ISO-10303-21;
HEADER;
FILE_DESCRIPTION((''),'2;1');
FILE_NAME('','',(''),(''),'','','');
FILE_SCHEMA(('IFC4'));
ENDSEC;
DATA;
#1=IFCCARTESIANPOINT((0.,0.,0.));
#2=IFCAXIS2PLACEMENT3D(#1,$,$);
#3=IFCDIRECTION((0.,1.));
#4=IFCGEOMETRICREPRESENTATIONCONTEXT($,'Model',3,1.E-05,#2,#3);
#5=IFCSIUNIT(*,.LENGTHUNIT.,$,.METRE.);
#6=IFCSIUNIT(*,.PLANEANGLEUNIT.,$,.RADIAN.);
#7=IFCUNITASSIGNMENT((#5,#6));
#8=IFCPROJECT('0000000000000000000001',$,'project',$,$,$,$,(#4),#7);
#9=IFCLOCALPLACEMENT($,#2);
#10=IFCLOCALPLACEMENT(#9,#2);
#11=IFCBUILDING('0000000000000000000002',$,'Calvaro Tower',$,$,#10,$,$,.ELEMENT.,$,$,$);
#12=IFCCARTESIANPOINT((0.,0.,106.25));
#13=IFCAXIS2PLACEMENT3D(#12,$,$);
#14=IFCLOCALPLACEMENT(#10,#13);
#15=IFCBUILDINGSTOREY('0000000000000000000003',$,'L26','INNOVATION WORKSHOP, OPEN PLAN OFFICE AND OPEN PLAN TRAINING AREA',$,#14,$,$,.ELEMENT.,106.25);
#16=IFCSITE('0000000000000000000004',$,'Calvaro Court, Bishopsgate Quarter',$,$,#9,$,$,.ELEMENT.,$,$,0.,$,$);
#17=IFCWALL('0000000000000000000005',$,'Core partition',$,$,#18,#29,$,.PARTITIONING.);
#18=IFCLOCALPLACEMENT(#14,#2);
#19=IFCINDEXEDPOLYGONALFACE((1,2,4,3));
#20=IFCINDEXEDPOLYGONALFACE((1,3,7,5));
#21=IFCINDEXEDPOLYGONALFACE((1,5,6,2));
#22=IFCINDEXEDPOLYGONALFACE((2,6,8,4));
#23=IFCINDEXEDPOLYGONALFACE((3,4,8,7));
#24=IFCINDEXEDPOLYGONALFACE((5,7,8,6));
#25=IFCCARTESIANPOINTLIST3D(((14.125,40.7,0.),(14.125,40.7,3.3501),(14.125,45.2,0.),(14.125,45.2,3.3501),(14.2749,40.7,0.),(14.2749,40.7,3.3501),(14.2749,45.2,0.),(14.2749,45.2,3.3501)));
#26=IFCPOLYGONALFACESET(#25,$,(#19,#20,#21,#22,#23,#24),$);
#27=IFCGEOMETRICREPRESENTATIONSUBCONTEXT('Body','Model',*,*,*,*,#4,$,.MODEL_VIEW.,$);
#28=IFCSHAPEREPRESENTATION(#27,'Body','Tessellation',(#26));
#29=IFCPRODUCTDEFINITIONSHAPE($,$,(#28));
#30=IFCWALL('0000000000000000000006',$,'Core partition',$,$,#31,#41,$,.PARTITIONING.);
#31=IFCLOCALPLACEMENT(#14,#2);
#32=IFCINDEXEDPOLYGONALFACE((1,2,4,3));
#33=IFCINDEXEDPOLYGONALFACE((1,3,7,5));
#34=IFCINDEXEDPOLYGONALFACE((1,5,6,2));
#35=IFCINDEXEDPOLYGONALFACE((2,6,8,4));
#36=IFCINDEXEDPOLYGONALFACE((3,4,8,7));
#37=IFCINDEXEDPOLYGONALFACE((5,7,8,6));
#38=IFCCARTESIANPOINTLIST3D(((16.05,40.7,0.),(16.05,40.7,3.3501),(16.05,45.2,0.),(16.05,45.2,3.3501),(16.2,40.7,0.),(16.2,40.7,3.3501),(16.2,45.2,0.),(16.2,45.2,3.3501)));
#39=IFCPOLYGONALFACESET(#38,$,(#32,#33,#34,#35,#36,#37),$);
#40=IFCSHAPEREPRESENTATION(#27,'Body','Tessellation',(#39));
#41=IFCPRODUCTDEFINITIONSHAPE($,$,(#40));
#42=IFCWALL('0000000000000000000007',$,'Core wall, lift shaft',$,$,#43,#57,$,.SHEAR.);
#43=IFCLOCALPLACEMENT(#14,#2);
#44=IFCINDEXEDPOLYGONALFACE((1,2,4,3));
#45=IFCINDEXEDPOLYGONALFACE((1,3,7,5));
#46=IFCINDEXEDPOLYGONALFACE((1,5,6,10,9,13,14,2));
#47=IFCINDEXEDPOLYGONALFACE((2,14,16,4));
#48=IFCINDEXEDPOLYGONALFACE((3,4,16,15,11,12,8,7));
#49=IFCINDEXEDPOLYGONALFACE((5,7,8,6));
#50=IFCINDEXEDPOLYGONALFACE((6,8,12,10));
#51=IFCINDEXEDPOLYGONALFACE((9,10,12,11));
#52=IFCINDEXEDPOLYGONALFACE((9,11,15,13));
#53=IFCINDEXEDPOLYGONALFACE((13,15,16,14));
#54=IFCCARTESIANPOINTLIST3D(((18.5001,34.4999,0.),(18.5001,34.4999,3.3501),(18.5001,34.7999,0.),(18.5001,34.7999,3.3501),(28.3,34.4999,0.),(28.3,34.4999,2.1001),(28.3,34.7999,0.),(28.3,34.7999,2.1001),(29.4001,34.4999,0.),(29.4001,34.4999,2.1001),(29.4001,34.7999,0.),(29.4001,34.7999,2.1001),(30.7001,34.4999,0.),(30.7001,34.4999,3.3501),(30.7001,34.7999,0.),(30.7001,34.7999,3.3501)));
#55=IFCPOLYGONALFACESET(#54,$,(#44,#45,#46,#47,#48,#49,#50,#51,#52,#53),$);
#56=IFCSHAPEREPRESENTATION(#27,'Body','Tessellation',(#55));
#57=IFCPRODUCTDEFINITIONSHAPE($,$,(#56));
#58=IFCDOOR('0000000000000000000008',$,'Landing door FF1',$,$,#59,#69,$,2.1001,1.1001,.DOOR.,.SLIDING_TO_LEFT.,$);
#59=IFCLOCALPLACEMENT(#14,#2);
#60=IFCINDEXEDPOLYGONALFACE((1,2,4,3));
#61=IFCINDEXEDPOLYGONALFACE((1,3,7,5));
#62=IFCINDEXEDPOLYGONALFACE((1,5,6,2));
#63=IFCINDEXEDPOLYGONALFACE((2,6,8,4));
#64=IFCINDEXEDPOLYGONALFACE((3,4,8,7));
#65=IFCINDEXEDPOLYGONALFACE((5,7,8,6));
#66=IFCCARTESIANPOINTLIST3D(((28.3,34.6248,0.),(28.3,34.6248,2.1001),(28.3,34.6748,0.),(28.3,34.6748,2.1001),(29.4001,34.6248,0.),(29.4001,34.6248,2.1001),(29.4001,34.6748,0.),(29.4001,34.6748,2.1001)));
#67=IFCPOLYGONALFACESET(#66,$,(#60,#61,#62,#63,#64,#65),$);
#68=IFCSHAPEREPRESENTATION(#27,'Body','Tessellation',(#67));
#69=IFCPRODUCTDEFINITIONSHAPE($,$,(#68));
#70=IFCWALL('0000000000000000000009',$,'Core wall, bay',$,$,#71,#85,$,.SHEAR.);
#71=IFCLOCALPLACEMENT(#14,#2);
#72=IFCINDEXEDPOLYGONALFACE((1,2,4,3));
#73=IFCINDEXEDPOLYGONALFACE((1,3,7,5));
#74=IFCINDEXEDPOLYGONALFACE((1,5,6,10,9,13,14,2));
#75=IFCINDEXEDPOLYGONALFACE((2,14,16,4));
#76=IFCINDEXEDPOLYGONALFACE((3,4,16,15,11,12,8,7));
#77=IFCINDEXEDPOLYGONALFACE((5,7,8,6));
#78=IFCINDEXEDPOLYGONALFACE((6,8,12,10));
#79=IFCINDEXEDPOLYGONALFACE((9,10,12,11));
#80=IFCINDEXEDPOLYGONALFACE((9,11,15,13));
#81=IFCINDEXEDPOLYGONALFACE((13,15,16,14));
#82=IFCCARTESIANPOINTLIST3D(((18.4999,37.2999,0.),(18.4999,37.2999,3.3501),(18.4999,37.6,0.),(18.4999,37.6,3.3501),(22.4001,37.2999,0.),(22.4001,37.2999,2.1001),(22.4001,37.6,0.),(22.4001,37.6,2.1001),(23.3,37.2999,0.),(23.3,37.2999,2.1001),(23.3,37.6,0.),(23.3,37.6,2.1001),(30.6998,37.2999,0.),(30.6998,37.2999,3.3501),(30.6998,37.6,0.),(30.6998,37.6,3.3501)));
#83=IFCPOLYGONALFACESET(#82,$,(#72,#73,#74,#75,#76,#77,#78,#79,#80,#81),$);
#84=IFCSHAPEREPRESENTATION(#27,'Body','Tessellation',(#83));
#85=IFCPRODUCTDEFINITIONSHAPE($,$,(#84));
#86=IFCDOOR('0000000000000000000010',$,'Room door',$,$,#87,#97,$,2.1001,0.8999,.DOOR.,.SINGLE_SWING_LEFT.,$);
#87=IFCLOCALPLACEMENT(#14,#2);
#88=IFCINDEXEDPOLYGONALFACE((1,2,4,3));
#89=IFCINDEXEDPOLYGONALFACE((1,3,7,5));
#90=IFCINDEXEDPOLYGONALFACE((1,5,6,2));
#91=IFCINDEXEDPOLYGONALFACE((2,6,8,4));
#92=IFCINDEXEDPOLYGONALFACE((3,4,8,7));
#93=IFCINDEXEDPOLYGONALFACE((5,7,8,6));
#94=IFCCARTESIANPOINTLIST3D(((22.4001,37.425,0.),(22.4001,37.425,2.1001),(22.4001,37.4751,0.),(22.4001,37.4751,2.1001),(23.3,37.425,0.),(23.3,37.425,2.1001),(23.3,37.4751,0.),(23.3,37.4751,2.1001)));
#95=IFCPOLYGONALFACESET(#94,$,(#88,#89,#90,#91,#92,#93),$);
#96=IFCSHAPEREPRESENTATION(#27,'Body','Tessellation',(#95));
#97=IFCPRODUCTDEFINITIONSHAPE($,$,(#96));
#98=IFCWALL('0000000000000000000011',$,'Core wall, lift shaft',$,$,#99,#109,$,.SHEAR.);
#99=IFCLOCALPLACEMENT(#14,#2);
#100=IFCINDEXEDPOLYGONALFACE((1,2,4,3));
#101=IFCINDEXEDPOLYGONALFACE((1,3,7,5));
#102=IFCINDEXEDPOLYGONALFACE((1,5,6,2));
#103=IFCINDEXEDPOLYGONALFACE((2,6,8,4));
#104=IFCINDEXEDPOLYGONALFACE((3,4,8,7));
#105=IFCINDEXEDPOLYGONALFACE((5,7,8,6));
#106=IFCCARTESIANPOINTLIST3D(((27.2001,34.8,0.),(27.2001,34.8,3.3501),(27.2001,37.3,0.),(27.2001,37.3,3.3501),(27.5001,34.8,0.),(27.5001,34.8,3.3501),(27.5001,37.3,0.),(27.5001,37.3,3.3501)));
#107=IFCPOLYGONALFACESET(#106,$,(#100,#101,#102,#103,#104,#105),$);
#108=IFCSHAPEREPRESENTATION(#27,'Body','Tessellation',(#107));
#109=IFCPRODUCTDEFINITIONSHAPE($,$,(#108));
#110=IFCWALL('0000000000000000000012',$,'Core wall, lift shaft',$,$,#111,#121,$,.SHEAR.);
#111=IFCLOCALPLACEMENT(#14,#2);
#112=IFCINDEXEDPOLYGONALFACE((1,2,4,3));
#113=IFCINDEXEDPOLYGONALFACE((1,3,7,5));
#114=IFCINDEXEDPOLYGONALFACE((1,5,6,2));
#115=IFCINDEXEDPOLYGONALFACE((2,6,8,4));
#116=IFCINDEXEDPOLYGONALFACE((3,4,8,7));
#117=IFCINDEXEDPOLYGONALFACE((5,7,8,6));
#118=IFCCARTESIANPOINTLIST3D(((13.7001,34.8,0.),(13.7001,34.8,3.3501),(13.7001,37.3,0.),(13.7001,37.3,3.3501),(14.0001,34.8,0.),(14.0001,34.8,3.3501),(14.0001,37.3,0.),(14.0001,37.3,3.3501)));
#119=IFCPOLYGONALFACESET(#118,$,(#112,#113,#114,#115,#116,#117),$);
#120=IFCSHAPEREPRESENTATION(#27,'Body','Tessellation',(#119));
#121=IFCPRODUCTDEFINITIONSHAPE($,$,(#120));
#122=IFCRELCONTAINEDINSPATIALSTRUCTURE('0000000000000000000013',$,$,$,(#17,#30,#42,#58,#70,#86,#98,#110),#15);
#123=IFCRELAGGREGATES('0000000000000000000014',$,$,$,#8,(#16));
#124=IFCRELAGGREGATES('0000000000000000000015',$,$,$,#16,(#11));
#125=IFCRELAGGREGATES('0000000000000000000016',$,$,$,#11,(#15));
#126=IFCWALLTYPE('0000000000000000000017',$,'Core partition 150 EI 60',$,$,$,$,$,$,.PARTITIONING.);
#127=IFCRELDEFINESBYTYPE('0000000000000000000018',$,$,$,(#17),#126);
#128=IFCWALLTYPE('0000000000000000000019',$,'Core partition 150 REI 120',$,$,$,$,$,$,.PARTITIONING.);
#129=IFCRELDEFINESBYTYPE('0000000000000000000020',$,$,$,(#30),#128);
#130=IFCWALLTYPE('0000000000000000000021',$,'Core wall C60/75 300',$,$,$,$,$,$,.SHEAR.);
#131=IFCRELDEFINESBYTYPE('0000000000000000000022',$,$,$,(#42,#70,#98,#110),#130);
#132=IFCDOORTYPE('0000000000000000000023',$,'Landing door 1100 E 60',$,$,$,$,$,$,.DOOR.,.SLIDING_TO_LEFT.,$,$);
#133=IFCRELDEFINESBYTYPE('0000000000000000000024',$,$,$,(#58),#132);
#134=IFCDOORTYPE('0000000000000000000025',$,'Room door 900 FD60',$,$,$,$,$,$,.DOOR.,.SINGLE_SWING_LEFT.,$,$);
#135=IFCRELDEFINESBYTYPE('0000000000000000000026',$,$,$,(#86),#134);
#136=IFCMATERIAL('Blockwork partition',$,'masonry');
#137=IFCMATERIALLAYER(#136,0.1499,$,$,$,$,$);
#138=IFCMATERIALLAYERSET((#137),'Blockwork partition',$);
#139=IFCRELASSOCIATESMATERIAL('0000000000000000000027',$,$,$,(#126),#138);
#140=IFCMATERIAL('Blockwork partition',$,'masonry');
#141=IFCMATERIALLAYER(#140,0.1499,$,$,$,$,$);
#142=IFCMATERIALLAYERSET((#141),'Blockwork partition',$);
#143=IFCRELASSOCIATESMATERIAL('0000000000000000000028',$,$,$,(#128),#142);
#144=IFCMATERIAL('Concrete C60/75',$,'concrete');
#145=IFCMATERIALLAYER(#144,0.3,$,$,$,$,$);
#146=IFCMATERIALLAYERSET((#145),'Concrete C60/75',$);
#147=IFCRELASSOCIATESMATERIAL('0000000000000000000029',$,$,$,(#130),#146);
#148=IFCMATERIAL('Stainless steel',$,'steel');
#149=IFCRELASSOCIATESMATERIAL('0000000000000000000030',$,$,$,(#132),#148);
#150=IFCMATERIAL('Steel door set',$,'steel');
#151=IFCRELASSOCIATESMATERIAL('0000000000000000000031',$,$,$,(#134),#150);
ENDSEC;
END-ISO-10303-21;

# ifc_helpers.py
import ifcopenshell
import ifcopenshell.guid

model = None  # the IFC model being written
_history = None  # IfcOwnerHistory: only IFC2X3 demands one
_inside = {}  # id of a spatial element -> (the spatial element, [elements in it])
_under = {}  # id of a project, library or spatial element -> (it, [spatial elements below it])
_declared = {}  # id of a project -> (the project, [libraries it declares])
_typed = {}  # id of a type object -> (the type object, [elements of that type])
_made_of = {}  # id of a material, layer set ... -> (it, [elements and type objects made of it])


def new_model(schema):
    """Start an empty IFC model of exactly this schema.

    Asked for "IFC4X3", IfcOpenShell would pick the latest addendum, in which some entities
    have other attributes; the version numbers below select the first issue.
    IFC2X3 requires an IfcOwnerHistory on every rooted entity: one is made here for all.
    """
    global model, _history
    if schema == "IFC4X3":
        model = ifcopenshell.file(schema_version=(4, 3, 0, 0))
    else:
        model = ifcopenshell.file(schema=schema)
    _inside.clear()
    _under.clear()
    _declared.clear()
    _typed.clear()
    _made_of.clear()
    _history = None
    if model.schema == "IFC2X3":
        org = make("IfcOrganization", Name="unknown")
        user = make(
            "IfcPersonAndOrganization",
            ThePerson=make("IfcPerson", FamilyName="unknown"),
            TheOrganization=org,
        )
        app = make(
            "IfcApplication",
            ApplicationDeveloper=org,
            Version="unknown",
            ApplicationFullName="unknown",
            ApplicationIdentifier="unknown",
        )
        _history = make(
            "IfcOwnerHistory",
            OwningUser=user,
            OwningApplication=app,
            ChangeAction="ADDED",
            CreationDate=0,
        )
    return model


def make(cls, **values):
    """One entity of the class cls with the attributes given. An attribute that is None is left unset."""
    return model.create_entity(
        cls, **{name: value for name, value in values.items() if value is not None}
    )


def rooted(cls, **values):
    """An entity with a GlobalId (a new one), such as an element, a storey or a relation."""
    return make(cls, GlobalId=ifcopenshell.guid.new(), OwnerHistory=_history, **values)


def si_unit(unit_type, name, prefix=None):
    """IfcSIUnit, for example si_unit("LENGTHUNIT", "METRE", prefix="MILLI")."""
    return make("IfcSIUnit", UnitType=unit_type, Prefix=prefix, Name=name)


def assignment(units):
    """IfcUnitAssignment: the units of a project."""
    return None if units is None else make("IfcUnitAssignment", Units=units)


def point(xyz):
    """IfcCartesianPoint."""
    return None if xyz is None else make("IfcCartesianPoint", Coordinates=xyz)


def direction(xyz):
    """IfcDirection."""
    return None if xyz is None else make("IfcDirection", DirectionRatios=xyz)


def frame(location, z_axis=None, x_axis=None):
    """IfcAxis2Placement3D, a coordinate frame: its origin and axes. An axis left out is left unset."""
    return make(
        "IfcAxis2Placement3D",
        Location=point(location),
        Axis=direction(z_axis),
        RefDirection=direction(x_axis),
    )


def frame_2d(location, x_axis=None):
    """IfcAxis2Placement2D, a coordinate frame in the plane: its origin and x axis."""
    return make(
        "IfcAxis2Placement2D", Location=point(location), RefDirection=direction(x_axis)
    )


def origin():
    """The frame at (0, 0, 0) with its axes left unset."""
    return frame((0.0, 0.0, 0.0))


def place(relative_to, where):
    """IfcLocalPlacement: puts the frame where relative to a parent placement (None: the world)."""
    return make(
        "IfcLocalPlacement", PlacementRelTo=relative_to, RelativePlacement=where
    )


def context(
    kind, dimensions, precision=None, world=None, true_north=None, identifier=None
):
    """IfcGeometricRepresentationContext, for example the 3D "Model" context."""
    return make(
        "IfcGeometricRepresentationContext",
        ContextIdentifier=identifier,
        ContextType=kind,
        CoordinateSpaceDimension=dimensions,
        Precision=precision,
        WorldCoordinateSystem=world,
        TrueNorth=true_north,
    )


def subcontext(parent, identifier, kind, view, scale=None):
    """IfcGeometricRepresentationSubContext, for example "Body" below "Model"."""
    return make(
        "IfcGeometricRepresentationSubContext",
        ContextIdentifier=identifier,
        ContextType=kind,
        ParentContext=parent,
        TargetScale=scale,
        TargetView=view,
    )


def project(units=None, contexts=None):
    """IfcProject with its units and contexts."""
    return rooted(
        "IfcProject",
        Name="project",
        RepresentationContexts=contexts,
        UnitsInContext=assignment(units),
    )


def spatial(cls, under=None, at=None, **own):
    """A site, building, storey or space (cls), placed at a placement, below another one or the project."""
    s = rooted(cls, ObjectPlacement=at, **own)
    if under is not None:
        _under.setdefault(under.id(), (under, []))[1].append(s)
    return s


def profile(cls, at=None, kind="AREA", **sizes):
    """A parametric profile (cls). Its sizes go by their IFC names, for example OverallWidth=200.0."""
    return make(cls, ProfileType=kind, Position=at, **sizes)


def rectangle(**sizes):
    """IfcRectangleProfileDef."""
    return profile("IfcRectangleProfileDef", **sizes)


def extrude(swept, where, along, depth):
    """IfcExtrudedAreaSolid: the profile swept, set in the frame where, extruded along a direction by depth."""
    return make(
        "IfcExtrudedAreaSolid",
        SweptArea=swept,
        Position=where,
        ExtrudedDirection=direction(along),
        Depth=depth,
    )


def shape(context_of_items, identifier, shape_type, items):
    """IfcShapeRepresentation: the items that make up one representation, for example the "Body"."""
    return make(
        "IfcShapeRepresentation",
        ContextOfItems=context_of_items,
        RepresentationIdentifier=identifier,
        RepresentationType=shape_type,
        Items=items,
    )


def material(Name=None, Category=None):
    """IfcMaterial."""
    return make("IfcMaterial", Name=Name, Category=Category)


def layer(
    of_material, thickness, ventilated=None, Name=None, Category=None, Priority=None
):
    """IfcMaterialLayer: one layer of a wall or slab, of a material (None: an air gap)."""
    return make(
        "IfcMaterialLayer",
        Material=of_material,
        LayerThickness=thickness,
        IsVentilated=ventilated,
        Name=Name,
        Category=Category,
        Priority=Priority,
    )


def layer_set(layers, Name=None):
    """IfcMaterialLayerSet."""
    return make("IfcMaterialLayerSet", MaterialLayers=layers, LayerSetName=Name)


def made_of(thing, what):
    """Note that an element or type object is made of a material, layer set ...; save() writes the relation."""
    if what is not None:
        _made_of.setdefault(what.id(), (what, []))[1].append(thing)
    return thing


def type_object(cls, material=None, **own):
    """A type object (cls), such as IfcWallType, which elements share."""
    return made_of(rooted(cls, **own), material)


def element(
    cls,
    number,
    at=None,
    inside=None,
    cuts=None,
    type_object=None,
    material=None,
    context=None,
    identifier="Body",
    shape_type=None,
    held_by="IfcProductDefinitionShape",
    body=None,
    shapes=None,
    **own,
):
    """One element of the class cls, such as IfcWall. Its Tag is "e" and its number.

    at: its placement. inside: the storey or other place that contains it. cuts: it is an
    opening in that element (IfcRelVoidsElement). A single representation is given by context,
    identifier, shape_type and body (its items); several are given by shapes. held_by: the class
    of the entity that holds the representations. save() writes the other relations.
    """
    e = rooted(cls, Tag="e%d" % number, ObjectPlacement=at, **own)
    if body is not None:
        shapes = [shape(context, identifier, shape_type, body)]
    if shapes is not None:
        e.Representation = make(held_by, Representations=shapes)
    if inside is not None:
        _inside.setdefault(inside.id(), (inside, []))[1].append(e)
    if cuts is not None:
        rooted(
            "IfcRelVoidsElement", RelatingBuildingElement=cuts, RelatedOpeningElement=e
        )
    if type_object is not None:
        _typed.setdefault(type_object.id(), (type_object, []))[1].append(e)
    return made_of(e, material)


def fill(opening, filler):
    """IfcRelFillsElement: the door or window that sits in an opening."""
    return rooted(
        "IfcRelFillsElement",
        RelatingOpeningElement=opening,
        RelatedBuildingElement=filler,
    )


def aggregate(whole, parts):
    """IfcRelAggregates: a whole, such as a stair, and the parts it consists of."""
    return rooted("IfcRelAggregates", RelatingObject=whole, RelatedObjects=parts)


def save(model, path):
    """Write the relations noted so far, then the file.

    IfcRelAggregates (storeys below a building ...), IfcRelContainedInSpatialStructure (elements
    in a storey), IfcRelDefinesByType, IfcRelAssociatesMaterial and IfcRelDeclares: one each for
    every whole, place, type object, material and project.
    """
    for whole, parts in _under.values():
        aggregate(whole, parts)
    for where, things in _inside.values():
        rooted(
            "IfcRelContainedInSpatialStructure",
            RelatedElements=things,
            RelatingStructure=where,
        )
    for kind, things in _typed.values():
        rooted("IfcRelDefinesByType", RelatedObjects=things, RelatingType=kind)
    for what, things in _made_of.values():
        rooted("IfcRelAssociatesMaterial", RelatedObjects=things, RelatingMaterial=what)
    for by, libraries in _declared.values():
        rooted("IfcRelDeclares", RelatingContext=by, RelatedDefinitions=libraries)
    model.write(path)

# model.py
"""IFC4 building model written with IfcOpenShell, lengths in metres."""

from ifc_helpers import new_model, si_unit, direction, frame, frame_2d, origin, place, context, subcontext, project, spatial, rectangle, extrude, material, layer, layer_set, type_object, element, fill, save


model = new_model("IFC4")

# Units and contexts
model_context = context("Model", 3, precision=1e-05, world=origin(), true_north=direction((0.0, 1.0)))
body_context = subcontext(model_context, "Body", "Model", "MODEL_VIEW")
ifc_project = project(units=[si_unit("LENGTHUNIT", "METRE"), si_unit("PLANEANGLEUNIT", "RADIAN")], contexts=[model_context])

# Site, building, storey
site_placement = place(None, origin())
site = spatial("IfcSite", under=ifc_project, at=site_placement, Name="Calvaro Court, Bishopsgate Quarter", CompositionType="ELEMENT", RefElevation=0.0)
building_placement = place(site_placement, origin())
building = spatial("IfcBuilding", under=site, at=building_placement, Name="Calvaro Tower", CompositionType="ELEMENT")
storey_placement = place(building_placement, frame((0.0, 0.0, 106.25)))
storey = spatial("IfcBuildingStorey", under=building, at=storey_placement, Name="L26", Description="INNOVATION WORKSHOP, OPEN PLAN OFFICE AND OPEN PLAN TRAINING AREA", CompositionType="ELEMENT", Elevation=106.25)

# Walls
ifc_material_1 = material(Name="Blockwork partition", Category="masonry")
ifc_layer_1 = layer(ifc_material_1, 0.1499)
ifc_layer_set_1 = layer_set([ifc_layer_1], Name="Blockwork partition")
wall_type_1 = type_object("IfcWallType", Name="Core partition 150 EI 60", PredefinedType="PARTITIONING", material=ifc_layer_set_1)
wall_1_placement = place(storey_placement, frame((14.2, 40.7, 0.0), z_axis=(0.0, 0.0, 1.0), x_axis=(0.0, 1.0, 0.0)))
element("IfcWall", 1, at=wall_1_placement, inside=storey, type_object=wall_type_1, Name="Core partition", PredefinedType="PARTITIONING", context=body_context, shape_type="SweptSolid", body=[
    extrude(rectangle(XDim=4.5, YDim=0.1499, at=frame_2d((2.25, 0.0))), origin(), (0.0, 0.0, 1.0), 3.3501),
])
ifc_material_2 = material(Name="Blockwork partition", Category="masonry")
ifc_layer_2 = layer(ifc_material_2, 0.1499)
ifc_layer_set_2 = layer_set([ifc_layer_2], Name="Blockwork partition")
wall_type_2 = type_object("IfcWallType", Name="Core partition 150 REI 120", PredefinedType="PARTITIONING", material=ifc_layer_set_2)
wall_2_placement = place(storey_placement, frame((16.125, 40.7, 0.0), z_axis=(0.0, 0.0, 1.0), x_axis=(0.0, 1.0, 0.0)))
element("IfcWall", 2, at=wall_2_placement, inside=storey, type_object=wall_type_2, Name="Core partition", PredefinedType="PARTITIONING", context=body_context, shape_type="SweptSolid", body=[
    extrude(rectangle(XDim=4.5, YDim=0.1499, at=frame_2d((2.25, 0.0))), origin(), (0.0, 0.0, 1.0), 3.3501),
])

# Walls, openings, doors
ifc_material_3 = material(Name="Concrete C60/75", Category="concrete")
ifc_layer_3 = layer(ifc_material_3, 0.3)
ifc_layer_set_3 = layer_set([ifc_layer_3], Name="Concrete C60/75")
wall_type_3 = type_object("IfcWallType", Name="Core wall C60/75 300", PredefinedType="SHEAR", material=ifc_layer_set_3)
wall_3_placement = place(storey_placement, frame((18.5, 34.6499, 0.0), z_axis=(0.0, 0.0, 1.0), x_axis=(1.0, 0.0, 0.0)))
wall_3 = element("IfcWall", 3, at=wall_3_placement, inside=storey, type_object=wall_type_3, Name="Core wall, lift shaft", PredefinedType="SHEAR", context=body_context, shape_type="SweptSolid", body=[
    extrude(rectangle(XDim=12.2, YDim=0.3, at=frame_2d((6.1001, 0.0))), origin(), (0.0, 0.0, 1.0), 3.3501),
])
opening_1_placement = place(wall_3_placement, frame((9.8, 0.0, 0.0)))
opening_1 = element("IfcOpeningElement", 4, at=opening_1_placement, cuts=wall_3, PredefinedType="OPENING", context=body_context, shape_type="SweptSolid", body=[
    extrude(rectangle(XDim=1.1001, YDim=2.1001, at=frame_2d((0.55, 1.05))), frame((0.0, 0.1599, 0.0), z_axis=(0.0, -1.0, 0.0), x_axis=(1.0, 0.0, 0.0)), (0.0, 0.0, 1.0), 0.3201),
])
ifc_material_4 = material(Name="Stainless steel", Category="steel")
door_type_1 = type_object("IfcDoorType", Name="Landing door 1100 E 60", OperationType="SLIDING_TO_LEFT", PredefinedType="DOOR", material=ifc_material_4)
door_1_placement = place(opening_1_placement, origin())
door_1 = element("IfcDoor", 5, at=door_1_placement, inside=storey, type_object=door_type_1, Name="Landing door FF1", OperationType="SLIDING_TO_LEFT", OverallHeight=2.1001, OverallWidth=1.1001, PredefinedType="DOOR", context=body_context, shape_type="SweptSolid", body=[
    extrude(rectangle(XDim=1.1001, YDim=2.1001, at=frame_2d((0.55, 1.05))), frame((0.0, 0.0249, 0.0), z_axis=(0.0, -1.0, 0.0), x_axis=(1.0, 0.0, 0.0)), (0.0, 0.0, 1.0), 0.05),
])
fill(opening_1, door_1)
wall_4_placement = place(storey_placement, frame((30.7, 37.45, 0.0), z_axis=(0.0, 0.0, 1.0), x_axis=(-1.0, 0.0, 0.0)))
wall_4 = element("IfcWall", 6, at=wall_4_placement, inside=storey, type_object=wall_type_3, Name="Core wall, bay", PredefinedType="SHEAR", context=body_context, shape_type="SweptSolid", body=[
    extrude(rectangle(XDim=12.2, YDim=0.3, at=frame_2d((6.1001, 0.0))), origin(), (0.0, 0.0, 1.0), 3.3501),
])
opening_2_placement = place(wall_4_placement, frame((7.3999, 0.0, 0.0)))
opening_2 = element("IfcOpeningElement", 7, at=opening_2_placement, cuts=wall_4, PredefinedType="OPENING", context=body_context, shape_type="SweptSolid", body=[
    extrude(rectangle(XDim=0.8999, YDim=2.1001, at=frame_2d((0.45, 1.05))), frame((0.0, 0.1599, 0.0), z_axis=(0.0, -1.0, 0.0), x_axis=(1.0, 0.0, 0.0)), (0.0, 0.0, 1.0), 0.3201),
])
ifc_material_5 = material(Name="Steel door set", Category="steel")
door_type_2 = type_object("IfcDoorType", Name="Room door 900 FD60", OperationType="SINGLE_SWING_LEFT", PredefinedType="DOOR", material=ifc_material_5)
door_2_placement = place(opening_2_placement, origin())
door_2 = element("IfcDoor", 8, at=door_2_placement, inside=storey, type_object=door_type_2, Name="Room door", OperationType="SINGLE_SWING_LEFT", OverallHeight=2.1001, OverallWidth=0.8999, PredefinedType="DOOR", context=body_context, shape_type="SweptSolid", body=[
    extrude(rectangle(XDim=0.8999, YDim=2.1001, at=frame_2d((0.45, 1.05))), frame((0.0, 0.0249, 0.0), z_axis=(0.0, -1.0, 0.0), x_axis=(1.0, 0.0, 0.0)), (0.0, 0.0, 1.0), 0.05),
])
fill(opening_2, door_2)

# Walls
for number, where, z_axis, x_axis, name in (
    (9, (27.3501, 34.8, 0.0), (0.0, 0.0, 1.0), (0.0, 1.0, 0.0), "Core wall, lift shaft"),
    (10, (13.8501, 34.8, 0.0), (0.0, 0.0, 1.0), (0.0, 1.0, 0.0), "Core wall, lift shaft"),
):
    element("IfcWall", number, at=place(storey_placement, frame(where, z_axis=z_axis, x_axis=x_axis)), inside=storey, type_object=wall_type_3, Name=name, PredefinedType="SHEAR", context=body_context, shape_type="SweptSolid", body=[
        extrude(rectangle(XDim=2.5, YDim=0.3, at=frame_2d((1.25, 0.0))), origin(), (0.0, 0.0, 1.0), 3.3501),
    ])

save(model, "model.ifc")
